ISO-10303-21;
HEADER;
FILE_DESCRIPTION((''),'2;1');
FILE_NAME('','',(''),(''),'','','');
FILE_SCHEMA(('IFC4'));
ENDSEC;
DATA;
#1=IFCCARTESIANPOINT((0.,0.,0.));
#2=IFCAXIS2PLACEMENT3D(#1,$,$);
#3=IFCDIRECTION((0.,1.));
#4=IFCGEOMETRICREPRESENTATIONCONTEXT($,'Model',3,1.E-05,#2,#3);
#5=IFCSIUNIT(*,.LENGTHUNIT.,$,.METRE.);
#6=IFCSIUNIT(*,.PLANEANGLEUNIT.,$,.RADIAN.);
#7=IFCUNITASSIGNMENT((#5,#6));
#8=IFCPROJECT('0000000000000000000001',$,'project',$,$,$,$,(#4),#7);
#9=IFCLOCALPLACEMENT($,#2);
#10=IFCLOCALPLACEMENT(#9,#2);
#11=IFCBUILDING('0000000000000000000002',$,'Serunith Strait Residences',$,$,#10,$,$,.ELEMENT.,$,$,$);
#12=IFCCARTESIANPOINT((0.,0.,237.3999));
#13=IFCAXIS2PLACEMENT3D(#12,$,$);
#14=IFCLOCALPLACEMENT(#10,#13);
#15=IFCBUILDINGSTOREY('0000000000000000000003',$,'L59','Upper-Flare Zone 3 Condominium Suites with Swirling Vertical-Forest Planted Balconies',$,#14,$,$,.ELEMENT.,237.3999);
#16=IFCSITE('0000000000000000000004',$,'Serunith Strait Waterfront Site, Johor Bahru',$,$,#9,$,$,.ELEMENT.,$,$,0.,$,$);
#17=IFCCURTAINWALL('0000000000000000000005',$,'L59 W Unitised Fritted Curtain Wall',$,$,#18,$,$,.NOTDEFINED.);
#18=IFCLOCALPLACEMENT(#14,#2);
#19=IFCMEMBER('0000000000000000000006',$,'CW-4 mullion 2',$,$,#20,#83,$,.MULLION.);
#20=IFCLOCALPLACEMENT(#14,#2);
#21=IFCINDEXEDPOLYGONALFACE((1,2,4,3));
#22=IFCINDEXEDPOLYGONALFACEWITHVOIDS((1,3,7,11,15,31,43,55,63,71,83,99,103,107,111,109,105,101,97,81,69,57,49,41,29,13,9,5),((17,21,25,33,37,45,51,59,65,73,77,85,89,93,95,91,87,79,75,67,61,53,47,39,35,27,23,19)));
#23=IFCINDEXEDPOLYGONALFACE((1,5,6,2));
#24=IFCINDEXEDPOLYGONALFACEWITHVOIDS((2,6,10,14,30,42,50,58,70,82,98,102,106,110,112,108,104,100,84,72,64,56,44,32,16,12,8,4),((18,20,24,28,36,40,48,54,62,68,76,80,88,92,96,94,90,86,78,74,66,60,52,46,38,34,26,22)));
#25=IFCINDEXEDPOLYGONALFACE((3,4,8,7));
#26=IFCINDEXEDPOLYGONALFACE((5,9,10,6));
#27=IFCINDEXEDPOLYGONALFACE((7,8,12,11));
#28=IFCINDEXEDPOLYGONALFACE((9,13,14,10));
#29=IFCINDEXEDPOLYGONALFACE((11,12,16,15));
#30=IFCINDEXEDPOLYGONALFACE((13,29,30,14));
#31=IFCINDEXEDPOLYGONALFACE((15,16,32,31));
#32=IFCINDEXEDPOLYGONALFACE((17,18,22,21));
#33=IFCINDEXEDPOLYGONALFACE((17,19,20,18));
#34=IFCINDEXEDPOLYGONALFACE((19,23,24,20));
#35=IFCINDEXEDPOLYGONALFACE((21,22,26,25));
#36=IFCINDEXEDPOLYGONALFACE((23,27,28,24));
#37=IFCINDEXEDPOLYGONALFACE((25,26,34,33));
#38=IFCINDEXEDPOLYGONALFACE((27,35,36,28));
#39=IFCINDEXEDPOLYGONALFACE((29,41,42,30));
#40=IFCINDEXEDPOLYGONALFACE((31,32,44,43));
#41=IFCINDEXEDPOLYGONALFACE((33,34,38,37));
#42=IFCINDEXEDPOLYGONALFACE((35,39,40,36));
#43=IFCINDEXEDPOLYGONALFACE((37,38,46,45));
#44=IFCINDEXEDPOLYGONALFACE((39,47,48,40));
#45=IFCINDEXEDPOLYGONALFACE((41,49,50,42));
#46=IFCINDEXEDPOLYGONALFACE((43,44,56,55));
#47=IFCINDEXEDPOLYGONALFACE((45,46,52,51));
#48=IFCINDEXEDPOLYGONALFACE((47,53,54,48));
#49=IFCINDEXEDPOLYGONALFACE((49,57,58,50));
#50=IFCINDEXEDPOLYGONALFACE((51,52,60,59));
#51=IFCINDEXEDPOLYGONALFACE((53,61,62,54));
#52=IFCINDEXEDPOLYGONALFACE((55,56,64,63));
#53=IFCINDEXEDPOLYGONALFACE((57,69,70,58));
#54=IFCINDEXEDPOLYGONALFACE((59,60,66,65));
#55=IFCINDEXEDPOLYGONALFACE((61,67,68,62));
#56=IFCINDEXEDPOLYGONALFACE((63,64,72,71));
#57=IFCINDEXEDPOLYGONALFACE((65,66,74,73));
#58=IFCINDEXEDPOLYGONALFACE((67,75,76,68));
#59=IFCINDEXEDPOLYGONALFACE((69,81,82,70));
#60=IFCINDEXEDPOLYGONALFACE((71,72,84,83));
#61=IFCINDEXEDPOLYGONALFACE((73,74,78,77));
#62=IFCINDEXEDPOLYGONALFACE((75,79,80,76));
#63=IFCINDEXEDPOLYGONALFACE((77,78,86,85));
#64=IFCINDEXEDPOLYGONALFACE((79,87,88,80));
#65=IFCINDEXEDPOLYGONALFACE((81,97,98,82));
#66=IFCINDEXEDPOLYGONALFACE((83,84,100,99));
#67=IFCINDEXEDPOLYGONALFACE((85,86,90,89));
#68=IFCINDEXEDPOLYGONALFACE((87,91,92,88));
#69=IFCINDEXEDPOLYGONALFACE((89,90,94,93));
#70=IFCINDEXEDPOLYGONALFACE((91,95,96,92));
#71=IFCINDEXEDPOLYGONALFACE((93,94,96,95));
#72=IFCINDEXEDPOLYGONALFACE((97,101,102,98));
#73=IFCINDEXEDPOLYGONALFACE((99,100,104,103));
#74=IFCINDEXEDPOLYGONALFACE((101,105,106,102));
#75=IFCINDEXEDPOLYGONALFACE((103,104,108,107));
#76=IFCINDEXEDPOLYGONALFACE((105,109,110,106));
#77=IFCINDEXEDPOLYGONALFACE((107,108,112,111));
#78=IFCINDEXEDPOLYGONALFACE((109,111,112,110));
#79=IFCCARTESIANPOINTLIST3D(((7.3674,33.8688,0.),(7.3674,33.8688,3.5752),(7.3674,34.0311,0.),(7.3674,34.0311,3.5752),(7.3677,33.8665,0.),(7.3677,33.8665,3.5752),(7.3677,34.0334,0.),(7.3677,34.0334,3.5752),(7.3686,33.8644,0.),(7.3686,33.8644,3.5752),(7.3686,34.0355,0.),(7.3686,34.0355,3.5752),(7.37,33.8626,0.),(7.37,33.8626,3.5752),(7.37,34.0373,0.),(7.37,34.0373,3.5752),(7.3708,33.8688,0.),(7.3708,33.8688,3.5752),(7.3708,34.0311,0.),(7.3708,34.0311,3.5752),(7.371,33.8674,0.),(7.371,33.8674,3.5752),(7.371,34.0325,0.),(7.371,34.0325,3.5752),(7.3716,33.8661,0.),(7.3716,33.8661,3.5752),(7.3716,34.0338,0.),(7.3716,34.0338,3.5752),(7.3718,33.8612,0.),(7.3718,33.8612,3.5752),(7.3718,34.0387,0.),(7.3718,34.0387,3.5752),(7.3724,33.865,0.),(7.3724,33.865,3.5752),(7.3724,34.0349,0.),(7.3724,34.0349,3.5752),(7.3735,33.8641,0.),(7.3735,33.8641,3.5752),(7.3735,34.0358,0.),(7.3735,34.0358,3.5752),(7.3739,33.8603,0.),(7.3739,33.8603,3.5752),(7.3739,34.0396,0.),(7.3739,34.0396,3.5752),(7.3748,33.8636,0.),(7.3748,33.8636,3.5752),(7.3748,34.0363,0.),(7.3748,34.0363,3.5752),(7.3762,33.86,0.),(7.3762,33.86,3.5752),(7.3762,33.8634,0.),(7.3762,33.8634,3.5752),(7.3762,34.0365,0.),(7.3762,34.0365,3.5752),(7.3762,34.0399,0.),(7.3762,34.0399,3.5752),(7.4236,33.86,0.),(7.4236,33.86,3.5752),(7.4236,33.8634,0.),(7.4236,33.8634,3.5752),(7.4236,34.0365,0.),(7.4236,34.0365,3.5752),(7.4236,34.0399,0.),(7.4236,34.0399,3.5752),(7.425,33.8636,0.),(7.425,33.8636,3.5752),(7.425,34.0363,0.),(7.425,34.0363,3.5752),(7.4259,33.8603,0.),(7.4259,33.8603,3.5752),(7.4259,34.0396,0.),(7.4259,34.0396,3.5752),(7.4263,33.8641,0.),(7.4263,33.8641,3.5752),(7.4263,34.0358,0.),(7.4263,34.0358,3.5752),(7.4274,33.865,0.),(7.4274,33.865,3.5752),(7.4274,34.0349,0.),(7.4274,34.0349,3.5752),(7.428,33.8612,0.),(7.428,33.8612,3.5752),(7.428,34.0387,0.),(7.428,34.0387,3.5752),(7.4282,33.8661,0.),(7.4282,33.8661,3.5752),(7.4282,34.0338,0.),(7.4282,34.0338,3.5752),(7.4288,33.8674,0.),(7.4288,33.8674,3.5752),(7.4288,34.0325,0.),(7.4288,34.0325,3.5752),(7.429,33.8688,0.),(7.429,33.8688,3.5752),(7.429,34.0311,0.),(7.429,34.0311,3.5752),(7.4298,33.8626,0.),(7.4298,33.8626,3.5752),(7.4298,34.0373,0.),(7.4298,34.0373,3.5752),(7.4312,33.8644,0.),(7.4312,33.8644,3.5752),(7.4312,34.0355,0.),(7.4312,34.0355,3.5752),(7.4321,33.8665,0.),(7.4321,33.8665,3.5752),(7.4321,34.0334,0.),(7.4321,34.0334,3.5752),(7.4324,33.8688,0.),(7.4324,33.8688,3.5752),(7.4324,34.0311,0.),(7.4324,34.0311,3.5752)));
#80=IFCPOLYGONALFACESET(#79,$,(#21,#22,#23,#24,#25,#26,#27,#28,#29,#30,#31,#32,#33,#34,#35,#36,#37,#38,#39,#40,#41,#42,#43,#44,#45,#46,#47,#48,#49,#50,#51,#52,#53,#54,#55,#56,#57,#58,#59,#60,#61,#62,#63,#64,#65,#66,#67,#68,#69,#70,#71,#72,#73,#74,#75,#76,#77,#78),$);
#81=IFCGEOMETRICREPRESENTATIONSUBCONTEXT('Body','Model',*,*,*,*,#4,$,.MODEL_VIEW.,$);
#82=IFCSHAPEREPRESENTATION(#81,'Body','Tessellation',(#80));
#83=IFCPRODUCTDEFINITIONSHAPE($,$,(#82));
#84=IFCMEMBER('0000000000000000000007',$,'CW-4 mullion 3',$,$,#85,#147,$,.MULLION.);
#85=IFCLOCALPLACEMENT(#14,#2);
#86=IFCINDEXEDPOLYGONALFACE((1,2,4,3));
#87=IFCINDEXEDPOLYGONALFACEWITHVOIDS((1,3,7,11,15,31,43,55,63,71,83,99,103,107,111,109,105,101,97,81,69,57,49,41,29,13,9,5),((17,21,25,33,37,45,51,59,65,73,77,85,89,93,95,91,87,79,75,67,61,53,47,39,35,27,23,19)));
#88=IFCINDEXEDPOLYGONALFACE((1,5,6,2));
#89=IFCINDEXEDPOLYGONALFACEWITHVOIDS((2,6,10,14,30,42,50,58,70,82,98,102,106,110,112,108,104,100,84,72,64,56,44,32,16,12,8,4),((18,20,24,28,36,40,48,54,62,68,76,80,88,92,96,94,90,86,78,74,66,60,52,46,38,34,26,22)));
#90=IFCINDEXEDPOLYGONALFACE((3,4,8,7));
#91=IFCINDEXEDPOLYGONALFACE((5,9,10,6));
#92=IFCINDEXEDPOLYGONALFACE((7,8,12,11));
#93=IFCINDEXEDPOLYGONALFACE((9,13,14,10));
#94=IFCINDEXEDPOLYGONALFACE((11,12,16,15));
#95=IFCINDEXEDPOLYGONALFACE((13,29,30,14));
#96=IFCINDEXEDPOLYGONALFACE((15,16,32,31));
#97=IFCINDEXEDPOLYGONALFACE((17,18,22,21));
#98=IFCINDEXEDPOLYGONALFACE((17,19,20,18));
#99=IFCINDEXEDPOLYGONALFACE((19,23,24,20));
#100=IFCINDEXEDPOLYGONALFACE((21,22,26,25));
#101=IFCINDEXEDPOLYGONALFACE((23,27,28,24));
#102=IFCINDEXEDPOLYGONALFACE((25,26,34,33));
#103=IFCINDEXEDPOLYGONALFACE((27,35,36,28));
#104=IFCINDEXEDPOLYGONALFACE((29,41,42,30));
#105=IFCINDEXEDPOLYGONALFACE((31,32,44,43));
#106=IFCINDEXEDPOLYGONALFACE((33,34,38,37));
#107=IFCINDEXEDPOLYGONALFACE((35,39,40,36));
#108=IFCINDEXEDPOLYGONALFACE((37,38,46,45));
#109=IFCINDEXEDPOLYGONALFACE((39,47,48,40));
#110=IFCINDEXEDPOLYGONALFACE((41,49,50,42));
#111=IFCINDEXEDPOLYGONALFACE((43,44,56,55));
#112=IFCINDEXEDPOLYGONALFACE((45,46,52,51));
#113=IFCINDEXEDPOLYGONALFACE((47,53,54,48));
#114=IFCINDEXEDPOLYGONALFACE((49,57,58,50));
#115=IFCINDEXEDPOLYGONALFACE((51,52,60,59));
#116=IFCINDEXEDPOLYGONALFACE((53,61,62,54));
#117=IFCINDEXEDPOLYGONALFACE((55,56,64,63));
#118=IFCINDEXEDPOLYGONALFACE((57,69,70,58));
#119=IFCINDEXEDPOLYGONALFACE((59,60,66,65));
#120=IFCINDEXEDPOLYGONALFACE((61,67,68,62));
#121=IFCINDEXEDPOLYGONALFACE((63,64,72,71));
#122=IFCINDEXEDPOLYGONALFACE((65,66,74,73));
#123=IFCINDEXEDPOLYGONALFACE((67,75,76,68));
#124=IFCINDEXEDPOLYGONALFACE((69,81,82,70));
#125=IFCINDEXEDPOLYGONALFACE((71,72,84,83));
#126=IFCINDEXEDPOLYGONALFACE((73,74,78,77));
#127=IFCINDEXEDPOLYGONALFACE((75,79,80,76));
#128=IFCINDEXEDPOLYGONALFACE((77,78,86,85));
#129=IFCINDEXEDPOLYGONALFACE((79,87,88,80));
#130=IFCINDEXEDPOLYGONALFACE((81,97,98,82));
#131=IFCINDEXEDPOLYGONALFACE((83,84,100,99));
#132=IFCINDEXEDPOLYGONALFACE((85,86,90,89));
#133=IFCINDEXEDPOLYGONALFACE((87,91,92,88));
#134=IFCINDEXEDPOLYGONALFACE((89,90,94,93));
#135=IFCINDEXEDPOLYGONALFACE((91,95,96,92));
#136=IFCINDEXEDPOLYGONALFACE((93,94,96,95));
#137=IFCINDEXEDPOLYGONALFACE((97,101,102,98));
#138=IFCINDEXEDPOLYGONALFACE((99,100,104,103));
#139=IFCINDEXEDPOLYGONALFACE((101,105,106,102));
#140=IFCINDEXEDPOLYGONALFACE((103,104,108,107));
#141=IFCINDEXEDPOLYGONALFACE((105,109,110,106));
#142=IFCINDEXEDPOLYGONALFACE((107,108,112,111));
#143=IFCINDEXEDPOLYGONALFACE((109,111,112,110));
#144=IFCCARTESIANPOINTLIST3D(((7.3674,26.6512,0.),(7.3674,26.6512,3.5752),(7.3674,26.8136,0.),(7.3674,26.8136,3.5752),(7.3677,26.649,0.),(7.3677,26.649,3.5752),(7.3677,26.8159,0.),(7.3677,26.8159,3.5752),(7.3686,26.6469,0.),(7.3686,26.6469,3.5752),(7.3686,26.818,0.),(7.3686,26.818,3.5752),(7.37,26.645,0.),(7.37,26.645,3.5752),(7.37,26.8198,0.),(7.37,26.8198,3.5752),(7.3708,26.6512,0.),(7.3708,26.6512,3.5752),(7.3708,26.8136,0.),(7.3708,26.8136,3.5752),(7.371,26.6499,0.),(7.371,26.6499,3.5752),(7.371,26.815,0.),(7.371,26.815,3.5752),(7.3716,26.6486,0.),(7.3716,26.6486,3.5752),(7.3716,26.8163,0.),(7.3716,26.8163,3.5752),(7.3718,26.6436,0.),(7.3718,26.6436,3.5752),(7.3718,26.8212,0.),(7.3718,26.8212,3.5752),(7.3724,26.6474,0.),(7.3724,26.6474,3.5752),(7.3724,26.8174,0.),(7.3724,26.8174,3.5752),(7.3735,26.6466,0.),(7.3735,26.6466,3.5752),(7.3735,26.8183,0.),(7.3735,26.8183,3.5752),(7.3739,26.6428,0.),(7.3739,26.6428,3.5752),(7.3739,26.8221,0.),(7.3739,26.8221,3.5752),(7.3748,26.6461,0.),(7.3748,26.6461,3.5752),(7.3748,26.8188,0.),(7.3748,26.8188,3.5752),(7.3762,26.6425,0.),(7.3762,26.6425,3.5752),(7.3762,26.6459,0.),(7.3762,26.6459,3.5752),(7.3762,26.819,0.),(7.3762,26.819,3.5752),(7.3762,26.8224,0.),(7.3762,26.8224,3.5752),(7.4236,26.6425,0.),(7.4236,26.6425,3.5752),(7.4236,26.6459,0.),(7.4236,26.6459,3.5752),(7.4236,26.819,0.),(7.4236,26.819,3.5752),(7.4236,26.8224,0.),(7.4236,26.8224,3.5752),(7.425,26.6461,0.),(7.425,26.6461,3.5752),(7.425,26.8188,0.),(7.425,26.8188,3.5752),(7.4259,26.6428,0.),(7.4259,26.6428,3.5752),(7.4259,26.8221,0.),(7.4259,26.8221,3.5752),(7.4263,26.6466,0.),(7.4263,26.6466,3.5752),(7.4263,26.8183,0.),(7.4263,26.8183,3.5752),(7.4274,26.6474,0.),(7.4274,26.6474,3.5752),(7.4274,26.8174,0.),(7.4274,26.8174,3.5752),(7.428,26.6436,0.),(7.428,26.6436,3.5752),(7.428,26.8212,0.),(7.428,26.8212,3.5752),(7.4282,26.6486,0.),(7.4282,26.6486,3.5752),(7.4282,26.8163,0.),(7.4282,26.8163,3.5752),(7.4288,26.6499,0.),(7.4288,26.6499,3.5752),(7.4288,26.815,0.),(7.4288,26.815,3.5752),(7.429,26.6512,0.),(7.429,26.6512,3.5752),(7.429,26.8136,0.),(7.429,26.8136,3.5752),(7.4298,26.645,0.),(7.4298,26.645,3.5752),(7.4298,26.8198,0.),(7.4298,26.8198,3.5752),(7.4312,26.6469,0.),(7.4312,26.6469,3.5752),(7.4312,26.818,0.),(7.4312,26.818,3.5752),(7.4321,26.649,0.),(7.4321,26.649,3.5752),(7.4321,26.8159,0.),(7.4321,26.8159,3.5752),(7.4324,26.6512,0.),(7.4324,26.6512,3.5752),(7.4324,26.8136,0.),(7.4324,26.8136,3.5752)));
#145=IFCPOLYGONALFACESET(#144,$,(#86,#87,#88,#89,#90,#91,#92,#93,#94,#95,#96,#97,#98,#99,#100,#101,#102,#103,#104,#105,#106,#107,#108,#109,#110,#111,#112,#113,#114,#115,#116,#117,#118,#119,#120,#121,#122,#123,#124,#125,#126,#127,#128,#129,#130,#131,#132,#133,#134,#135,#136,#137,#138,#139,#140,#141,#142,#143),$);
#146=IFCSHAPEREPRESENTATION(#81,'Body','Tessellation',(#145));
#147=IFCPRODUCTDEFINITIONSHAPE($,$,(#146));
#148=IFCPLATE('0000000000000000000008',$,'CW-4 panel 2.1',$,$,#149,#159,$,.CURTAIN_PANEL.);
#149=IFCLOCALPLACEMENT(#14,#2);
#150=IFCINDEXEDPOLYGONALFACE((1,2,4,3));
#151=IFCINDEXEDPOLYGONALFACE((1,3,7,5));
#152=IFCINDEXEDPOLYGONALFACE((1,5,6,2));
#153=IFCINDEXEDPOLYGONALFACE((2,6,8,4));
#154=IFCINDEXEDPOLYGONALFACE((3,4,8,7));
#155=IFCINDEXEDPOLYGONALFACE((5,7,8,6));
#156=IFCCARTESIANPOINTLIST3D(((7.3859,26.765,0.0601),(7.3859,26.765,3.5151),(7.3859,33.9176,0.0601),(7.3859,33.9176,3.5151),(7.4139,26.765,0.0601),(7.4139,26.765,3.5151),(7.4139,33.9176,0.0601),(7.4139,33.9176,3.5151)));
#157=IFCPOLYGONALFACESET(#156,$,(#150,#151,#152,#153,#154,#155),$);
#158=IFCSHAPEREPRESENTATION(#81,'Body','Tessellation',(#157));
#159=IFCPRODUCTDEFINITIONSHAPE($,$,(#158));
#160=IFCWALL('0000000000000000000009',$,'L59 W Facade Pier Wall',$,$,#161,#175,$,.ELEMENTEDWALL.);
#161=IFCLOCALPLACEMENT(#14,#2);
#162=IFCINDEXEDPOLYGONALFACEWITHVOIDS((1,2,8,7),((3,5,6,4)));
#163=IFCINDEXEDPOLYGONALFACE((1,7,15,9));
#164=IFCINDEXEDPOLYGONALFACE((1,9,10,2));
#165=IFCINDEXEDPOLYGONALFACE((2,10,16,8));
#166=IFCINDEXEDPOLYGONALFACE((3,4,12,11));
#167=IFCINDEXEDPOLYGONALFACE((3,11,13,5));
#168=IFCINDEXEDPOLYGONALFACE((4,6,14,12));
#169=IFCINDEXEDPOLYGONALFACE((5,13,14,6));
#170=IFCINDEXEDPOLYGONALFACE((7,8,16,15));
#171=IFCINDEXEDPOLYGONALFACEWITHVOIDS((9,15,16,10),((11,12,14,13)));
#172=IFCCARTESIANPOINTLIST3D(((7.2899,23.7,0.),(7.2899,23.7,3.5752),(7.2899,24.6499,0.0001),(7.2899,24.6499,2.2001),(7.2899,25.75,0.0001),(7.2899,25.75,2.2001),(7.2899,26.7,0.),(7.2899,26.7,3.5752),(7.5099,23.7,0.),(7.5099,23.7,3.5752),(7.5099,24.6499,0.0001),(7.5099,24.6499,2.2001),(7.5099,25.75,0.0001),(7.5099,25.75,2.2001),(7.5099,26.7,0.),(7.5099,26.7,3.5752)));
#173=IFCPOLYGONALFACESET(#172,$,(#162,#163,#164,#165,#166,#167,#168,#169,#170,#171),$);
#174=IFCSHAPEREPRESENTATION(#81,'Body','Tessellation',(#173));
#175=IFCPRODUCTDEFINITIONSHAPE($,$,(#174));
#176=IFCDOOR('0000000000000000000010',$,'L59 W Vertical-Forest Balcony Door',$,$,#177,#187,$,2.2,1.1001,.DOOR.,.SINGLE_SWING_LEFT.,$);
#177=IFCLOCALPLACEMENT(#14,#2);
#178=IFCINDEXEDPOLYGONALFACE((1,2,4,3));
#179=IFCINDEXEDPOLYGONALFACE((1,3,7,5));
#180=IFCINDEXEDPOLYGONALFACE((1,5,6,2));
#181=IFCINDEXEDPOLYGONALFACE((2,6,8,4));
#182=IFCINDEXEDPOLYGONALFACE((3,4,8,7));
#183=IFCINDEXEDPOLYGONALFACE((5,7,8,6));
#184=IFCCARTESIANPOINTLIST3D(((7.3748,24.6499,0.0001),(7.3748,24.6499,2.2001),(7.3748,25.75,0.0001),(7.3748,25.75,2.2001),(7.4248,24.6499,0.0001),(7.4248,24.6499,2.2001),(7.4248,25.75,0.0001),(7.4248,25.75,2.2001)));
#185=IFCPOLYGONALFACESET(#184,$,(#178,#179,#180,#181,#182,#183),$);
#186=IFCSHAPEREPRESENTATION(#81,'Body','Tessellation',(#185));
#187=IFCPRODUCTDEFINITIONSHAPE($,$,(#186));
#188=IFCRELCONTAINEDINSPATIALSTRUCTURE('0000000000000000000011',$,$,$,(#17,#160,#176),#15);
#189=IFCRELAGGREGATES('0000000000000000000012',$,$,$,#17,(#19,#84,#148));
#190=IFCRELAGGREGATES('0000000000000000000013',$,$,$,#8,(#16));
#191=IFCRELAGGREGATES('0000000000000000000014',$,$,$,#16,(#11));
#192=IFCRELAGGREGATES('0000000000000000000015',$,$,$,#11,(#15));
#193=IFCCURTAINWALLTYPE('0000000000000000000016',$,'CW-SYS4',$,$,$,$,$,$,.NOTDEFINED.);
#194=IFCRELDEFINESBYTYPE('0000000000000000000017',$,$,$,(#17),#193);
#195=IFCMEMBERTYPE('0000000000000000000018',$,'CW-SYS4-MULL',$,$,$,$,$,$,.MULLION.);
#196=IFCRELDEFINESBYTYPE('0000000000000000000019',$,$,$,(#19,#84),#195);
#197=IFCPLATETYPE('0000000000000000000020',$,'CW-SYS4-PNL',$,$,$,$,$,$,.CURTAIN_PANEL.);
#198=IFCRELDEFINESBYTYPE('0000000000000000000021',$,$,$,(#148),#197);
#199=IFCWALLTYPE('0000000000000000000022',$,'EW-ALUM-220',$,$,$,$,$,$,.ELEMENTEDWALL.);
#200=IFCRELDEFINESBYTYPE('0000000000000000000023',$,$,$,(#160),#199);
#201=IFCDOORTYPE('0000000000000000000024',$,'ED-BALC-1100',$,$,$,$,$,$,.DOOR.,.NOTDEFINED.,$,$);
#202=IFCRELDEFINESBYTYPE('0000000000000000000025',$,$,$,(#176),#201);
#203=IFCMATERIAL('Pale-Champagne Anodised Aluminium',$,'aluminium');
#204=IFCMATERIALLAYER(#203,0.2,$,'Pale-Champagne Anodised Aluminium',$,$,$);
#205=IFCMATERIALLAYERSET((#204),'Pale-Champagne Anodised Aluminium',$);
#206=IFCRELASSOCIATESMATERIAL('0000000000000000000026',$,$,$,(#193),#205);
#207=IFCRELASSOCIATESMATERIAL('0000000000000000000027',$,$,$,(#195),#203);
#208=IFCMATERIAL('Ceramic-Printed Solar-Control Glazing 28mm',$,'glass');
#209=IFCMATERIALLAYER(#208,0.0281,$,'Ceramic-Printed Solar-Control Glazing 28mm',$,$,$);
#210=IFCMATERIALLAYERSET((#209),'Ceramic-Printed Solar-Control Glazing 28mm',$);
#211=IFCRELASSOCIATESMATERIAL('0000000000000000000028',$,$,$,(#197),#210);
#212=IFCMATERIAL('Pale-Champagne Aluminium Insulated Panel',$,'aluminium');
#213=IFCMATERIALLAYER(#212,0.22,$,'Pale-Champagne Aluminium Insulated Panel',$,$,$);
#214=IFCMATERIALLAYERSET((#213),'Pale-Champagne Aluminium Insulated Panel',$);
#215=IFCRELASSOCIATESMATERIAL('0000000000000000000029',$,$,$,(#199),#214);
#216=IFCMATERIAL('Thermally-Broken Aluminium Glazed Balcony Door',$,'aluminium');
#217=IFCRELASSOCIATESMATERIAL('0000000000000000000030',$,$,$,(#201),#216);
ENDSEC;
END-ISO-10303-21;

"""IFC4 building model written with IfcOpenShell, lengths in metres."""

from ifc_helpers import new_model, si_unit, direction, frame, frame_2d, origin, origin_2d, place, context, subcontext, project, spatial, rectangle, hollow_rectangle, extrude, source, transform, mapped, material, layer, layer_set, material_profile, profile_set, type_object, element, fill, aggregate, save


model = new_model("IFC4")

# Units and contexts
model_context = context("Model", 3, precision=1e-05, world=origin(), true_north=direction((0.0, 1.0)))
body_context = subcontext(model_context, "Body", "Model", "MODEL_VIEW")
ifc_project = project(units=[si_unit("LENGTHUNIT", "METRE"), si_unit("PLANEANGLEUNIT", "RADIAN")], contexts=[model_context])

# Site, building, storey
site_placement = place(None, origin())
site = spatial("IfcSite", under=ifc_project, at=site_placement, Name="Serunith Strait Waterfront Site, Johor Bahru", CompositionType="ELEMENT", RefElevation=0.0)
building_placement = place(site_placement, origin())
building = spatial("IfcBuilding", under=site, at=building_placement, Name="Serunith Strait Residences", CompositionType="ELEMENT")
storey_placement = place(building_placement, frame((0.0, 0.0, 237.3999)))
storey = spatial("IfcBuildingStorey", under=building, at=storey_placement, Name="L59", Description="Upper-Flare Zone 3 Condominium Suites with Swirling Vertical-Forest Planted Balconies", CompositionType="ELEMENT", Elevation=237.3999)

# Curtain wall, members, plate
ifc_material_1 = material(Name="Pale-Champagne Anodised Aluminium", Category="aluminium")
ifc_layer_1 = layer(ifc_material_1, 0.2, Name="Pale-Champagne Anodised Aluminium")
ifc_layer_set_1 = layer_set([ifc_layer_1], Name="Pale-Champagne Anodised Aluminium")
curtain_wall_type = type_object("IfcCurtainWallType", Name="CW-SYS4", PredefinedType="NOTDEFINED", material=ifc_layer_set_1)
curtain_wall_placement = place(storey_placement, origin())
curtain_wall = element("IfcCurtainWall", 1, at=curtain_wall_placement, inside=storey, type_object=curtain_wall_type, Name="L59 W Unitised Fritted Curtain Wall", PredefinedType="NOTDEFINED")
ifc_material_profile_1 = material_profile(ifc_material_1, hollow_rectangle(XDim=0.0649, YDim=0.1799, WallThickness=0.0034, InnerFilletRadius=0.0054, OuterFilletRadius=0.0088, at=origin_2d()), Name="ALU 180x65x3.5")
ifc_profile_set_1 = profile_set([ifc_material_profile_1], Name="Pale-Champagne Anodised Aluminium")
member_type_1 = type_object("IfcMemberType", Name="CW-SYS4-MULL", PredefinedType="MULLION", material=ifc_profile_set_1)
shared_shape_1 = source(origin(), body_context, "Body", "SweptSolid", [
    extrude(hollow_rectangle(XDim=0.0649, YDim=0.1799, WallThickness=0.0034, InnerFilletRadius=0.0054, OuterFilletRadius=0.0088, at=origin_2d()), origin(), (0.0, 0.0, 1.0), 3.5752),
])
member_1_placement = place(storey_placement, frame((7.3999, 33.95, 0.0), z_axis=(0.0, 0.0, 1.0), x_axis=(1.0, 0.0, 0.0)))
member_1 = element("IfcMember", 2, at=member_1_placement, type_object=member_type_1, Name="CW-4 mullion 2", PredefinedType="MULLION", context=body_context, shape_type="MappedRepresentation", body=[
    mapped(shared_shape_1, transform((0.0, 0.0, 0.0), scale=1.0)),
])
member_2_placement = place(storey_placement, frame((7.3999, 26.7324, 0.0), z_axis=(0.0, 0.0, 1.0), x_axis=(1.0, 0.0, 0.0)))
member_2 = element("IfcMember", 3, at=member_2_placement, type_object=member_type_1, Name="CW-4 mullion 3", PredefinedType="MULLION", context=body_context, shape_type="MappedRepresentation", body=[
    mapped(shared_shape_1, transform((0.0, 0.0, 0.0), scale=1.0)),
])
ifc_material_2 = material(Name="Ceramic-Printed Solar-Control Glazing 28mm", Category="glass")
ifc_layer_2 = layer(ifc_material_2, 0.0281, Name="Ceramic-Printed Solar-Control Glazing 28mm")
ifc_layer_set_2 = layer_set([ifc_layer_2], Name="Ceramic-Printed Solar-Control Glazing 28mm")
plate_type = type_object("IfcPlateType", Name="CW-SYS4-PNL", PredefinedType="CURTAIN_PANEL", material=ifc_layer_set_2)
shared_shape_2 = source(origin(), body_context, "Body", "SweptSolid", [
    extrude(rectangle(XDim=7.1526, YDim=0.0281, at=origin_2d()), origin(), (0.0, 0.0, 1.0), 3.4551),
])
plate_placement = place(storey_placement, frame((7.3999, 30.3413, 0.0601), z_axis=(0.0, 0.0, 1.0), x_axis=(0.0, -1.0, 0.0)))
plate = element("IfcPlate", 4, at=plate_placement, type_object=plate_type, Name="CW-4 panel 2.1", PredefinedType="CURTAIN_PANEL", context=body_context, shape_type="MappedRepresentation", body=[
    mapped(shared_shape_2, transform((0.0, 0.0, 0.0), scale=1.0)),
])
aggregate(curtain_wall, [member_1, member_2, plate])

# Wall, opening, door
ifc_material_3 = material(Name="Pale-Champagne Aluminium Insulated Panel", Category="aluminium")
ifc_layer_3 = layer(ifc_material_3, 0.22, Name="Pale-Champagne Aluminium Insulated Panel")
ifc_layer_set_3 = layer_set([ifc_layer_3], Name="Pale-Champagne Aluminium Insulated Panel")
wall_type_1 = type_object("IfcWallType", Name="EW-ALUM-220", PredefinedType="ELEMENTEDWALL", material=ifc_layer_set_3)
wall_1_placement = place(storey_placement, frame((7.3999, 26.7, 0.0), z_axis=(0.0, 0.0, 1.0), x_axis=(0.0, -1.0, 0.0)))
wall_1 = element("IfcWall", 5, at=wall_1_placement, inside=storey, type_object=wall_type_1, Name="L59 W Facade Pier Wall", PredefinedType="ELEMENTEDWALL", context=body_context, shape_type="SweptSolid", body=[
    extrude(rectangle(XDim=3.0, YDim=0.22, at=frame_2d((1.5, 0.0))), origin(), (0.0, 0.0, 1.0), 3.5752),
])
opening_1_placement = place(wall_1_placement, frame((0.95, 0.0, 0.0)))
opening_1 = element("IfcOpeningElement", 6, at=opening_1_placement, cuts=wall_1, PredefinedType="OPENING", context=body_context, shape_type="SweptSolid", body=[
    extrude(rectangle(XDim=1.1001, YDim=2.2, at=frame_2d((0.55, 1.1001))), frame((0.0, 0.1201, 0.0), z_axis=(0.0, -1.0, 0.0), x_axis=(1.0, 0.0, 0.0)), (0.0, 0.0, 1.0), 0.24),
])
ifc_material_4 = material(Name="Thermally-Broken Aluminium Glazed Balcony Door", Category="aluminium")
door_type_1 = type_object("IfcDoorType", Name="ED-BALC-1100", OperationType="NOTDEFINED", PredefinedType="DOOR", material=ifc_material_4)
shared_shape_3 = source(origin(), body_context, "Body", "SweptSolid", [
    extrude(rectangle(XDim=1.1001, YDim=2.2, at=frame_2d((0.55, 1.1001))), frame((0.0, 0.0249, 0.0), z_axis=(0.0, -1.0, 0.0), x_axis=(1.0, 0.0, 0.0)), (0.0, 0.0, 1.0), 0.05),
])
door_1_placement = place(opening_1_placement, origin())
door_1 = element("IfcDoor", 7, at=door_1_placement, inside=storey, type_object=door_type_1, Name="L59 W Vertical-Forest Balcony Door", OperationType="SINGLE_SWING_LEFT", OverallHeight=2.2, OverallWidth=1.1001, PredefinedType="DOOR", context=body_context, shape_type="MappedRepresentation", body=[
    mapped(shared_shape_3, transform((0.0, 0.0, 0.0), scale=1.0)),
])
fill(opening_1, door_1)

save(model, "model.ifc")
